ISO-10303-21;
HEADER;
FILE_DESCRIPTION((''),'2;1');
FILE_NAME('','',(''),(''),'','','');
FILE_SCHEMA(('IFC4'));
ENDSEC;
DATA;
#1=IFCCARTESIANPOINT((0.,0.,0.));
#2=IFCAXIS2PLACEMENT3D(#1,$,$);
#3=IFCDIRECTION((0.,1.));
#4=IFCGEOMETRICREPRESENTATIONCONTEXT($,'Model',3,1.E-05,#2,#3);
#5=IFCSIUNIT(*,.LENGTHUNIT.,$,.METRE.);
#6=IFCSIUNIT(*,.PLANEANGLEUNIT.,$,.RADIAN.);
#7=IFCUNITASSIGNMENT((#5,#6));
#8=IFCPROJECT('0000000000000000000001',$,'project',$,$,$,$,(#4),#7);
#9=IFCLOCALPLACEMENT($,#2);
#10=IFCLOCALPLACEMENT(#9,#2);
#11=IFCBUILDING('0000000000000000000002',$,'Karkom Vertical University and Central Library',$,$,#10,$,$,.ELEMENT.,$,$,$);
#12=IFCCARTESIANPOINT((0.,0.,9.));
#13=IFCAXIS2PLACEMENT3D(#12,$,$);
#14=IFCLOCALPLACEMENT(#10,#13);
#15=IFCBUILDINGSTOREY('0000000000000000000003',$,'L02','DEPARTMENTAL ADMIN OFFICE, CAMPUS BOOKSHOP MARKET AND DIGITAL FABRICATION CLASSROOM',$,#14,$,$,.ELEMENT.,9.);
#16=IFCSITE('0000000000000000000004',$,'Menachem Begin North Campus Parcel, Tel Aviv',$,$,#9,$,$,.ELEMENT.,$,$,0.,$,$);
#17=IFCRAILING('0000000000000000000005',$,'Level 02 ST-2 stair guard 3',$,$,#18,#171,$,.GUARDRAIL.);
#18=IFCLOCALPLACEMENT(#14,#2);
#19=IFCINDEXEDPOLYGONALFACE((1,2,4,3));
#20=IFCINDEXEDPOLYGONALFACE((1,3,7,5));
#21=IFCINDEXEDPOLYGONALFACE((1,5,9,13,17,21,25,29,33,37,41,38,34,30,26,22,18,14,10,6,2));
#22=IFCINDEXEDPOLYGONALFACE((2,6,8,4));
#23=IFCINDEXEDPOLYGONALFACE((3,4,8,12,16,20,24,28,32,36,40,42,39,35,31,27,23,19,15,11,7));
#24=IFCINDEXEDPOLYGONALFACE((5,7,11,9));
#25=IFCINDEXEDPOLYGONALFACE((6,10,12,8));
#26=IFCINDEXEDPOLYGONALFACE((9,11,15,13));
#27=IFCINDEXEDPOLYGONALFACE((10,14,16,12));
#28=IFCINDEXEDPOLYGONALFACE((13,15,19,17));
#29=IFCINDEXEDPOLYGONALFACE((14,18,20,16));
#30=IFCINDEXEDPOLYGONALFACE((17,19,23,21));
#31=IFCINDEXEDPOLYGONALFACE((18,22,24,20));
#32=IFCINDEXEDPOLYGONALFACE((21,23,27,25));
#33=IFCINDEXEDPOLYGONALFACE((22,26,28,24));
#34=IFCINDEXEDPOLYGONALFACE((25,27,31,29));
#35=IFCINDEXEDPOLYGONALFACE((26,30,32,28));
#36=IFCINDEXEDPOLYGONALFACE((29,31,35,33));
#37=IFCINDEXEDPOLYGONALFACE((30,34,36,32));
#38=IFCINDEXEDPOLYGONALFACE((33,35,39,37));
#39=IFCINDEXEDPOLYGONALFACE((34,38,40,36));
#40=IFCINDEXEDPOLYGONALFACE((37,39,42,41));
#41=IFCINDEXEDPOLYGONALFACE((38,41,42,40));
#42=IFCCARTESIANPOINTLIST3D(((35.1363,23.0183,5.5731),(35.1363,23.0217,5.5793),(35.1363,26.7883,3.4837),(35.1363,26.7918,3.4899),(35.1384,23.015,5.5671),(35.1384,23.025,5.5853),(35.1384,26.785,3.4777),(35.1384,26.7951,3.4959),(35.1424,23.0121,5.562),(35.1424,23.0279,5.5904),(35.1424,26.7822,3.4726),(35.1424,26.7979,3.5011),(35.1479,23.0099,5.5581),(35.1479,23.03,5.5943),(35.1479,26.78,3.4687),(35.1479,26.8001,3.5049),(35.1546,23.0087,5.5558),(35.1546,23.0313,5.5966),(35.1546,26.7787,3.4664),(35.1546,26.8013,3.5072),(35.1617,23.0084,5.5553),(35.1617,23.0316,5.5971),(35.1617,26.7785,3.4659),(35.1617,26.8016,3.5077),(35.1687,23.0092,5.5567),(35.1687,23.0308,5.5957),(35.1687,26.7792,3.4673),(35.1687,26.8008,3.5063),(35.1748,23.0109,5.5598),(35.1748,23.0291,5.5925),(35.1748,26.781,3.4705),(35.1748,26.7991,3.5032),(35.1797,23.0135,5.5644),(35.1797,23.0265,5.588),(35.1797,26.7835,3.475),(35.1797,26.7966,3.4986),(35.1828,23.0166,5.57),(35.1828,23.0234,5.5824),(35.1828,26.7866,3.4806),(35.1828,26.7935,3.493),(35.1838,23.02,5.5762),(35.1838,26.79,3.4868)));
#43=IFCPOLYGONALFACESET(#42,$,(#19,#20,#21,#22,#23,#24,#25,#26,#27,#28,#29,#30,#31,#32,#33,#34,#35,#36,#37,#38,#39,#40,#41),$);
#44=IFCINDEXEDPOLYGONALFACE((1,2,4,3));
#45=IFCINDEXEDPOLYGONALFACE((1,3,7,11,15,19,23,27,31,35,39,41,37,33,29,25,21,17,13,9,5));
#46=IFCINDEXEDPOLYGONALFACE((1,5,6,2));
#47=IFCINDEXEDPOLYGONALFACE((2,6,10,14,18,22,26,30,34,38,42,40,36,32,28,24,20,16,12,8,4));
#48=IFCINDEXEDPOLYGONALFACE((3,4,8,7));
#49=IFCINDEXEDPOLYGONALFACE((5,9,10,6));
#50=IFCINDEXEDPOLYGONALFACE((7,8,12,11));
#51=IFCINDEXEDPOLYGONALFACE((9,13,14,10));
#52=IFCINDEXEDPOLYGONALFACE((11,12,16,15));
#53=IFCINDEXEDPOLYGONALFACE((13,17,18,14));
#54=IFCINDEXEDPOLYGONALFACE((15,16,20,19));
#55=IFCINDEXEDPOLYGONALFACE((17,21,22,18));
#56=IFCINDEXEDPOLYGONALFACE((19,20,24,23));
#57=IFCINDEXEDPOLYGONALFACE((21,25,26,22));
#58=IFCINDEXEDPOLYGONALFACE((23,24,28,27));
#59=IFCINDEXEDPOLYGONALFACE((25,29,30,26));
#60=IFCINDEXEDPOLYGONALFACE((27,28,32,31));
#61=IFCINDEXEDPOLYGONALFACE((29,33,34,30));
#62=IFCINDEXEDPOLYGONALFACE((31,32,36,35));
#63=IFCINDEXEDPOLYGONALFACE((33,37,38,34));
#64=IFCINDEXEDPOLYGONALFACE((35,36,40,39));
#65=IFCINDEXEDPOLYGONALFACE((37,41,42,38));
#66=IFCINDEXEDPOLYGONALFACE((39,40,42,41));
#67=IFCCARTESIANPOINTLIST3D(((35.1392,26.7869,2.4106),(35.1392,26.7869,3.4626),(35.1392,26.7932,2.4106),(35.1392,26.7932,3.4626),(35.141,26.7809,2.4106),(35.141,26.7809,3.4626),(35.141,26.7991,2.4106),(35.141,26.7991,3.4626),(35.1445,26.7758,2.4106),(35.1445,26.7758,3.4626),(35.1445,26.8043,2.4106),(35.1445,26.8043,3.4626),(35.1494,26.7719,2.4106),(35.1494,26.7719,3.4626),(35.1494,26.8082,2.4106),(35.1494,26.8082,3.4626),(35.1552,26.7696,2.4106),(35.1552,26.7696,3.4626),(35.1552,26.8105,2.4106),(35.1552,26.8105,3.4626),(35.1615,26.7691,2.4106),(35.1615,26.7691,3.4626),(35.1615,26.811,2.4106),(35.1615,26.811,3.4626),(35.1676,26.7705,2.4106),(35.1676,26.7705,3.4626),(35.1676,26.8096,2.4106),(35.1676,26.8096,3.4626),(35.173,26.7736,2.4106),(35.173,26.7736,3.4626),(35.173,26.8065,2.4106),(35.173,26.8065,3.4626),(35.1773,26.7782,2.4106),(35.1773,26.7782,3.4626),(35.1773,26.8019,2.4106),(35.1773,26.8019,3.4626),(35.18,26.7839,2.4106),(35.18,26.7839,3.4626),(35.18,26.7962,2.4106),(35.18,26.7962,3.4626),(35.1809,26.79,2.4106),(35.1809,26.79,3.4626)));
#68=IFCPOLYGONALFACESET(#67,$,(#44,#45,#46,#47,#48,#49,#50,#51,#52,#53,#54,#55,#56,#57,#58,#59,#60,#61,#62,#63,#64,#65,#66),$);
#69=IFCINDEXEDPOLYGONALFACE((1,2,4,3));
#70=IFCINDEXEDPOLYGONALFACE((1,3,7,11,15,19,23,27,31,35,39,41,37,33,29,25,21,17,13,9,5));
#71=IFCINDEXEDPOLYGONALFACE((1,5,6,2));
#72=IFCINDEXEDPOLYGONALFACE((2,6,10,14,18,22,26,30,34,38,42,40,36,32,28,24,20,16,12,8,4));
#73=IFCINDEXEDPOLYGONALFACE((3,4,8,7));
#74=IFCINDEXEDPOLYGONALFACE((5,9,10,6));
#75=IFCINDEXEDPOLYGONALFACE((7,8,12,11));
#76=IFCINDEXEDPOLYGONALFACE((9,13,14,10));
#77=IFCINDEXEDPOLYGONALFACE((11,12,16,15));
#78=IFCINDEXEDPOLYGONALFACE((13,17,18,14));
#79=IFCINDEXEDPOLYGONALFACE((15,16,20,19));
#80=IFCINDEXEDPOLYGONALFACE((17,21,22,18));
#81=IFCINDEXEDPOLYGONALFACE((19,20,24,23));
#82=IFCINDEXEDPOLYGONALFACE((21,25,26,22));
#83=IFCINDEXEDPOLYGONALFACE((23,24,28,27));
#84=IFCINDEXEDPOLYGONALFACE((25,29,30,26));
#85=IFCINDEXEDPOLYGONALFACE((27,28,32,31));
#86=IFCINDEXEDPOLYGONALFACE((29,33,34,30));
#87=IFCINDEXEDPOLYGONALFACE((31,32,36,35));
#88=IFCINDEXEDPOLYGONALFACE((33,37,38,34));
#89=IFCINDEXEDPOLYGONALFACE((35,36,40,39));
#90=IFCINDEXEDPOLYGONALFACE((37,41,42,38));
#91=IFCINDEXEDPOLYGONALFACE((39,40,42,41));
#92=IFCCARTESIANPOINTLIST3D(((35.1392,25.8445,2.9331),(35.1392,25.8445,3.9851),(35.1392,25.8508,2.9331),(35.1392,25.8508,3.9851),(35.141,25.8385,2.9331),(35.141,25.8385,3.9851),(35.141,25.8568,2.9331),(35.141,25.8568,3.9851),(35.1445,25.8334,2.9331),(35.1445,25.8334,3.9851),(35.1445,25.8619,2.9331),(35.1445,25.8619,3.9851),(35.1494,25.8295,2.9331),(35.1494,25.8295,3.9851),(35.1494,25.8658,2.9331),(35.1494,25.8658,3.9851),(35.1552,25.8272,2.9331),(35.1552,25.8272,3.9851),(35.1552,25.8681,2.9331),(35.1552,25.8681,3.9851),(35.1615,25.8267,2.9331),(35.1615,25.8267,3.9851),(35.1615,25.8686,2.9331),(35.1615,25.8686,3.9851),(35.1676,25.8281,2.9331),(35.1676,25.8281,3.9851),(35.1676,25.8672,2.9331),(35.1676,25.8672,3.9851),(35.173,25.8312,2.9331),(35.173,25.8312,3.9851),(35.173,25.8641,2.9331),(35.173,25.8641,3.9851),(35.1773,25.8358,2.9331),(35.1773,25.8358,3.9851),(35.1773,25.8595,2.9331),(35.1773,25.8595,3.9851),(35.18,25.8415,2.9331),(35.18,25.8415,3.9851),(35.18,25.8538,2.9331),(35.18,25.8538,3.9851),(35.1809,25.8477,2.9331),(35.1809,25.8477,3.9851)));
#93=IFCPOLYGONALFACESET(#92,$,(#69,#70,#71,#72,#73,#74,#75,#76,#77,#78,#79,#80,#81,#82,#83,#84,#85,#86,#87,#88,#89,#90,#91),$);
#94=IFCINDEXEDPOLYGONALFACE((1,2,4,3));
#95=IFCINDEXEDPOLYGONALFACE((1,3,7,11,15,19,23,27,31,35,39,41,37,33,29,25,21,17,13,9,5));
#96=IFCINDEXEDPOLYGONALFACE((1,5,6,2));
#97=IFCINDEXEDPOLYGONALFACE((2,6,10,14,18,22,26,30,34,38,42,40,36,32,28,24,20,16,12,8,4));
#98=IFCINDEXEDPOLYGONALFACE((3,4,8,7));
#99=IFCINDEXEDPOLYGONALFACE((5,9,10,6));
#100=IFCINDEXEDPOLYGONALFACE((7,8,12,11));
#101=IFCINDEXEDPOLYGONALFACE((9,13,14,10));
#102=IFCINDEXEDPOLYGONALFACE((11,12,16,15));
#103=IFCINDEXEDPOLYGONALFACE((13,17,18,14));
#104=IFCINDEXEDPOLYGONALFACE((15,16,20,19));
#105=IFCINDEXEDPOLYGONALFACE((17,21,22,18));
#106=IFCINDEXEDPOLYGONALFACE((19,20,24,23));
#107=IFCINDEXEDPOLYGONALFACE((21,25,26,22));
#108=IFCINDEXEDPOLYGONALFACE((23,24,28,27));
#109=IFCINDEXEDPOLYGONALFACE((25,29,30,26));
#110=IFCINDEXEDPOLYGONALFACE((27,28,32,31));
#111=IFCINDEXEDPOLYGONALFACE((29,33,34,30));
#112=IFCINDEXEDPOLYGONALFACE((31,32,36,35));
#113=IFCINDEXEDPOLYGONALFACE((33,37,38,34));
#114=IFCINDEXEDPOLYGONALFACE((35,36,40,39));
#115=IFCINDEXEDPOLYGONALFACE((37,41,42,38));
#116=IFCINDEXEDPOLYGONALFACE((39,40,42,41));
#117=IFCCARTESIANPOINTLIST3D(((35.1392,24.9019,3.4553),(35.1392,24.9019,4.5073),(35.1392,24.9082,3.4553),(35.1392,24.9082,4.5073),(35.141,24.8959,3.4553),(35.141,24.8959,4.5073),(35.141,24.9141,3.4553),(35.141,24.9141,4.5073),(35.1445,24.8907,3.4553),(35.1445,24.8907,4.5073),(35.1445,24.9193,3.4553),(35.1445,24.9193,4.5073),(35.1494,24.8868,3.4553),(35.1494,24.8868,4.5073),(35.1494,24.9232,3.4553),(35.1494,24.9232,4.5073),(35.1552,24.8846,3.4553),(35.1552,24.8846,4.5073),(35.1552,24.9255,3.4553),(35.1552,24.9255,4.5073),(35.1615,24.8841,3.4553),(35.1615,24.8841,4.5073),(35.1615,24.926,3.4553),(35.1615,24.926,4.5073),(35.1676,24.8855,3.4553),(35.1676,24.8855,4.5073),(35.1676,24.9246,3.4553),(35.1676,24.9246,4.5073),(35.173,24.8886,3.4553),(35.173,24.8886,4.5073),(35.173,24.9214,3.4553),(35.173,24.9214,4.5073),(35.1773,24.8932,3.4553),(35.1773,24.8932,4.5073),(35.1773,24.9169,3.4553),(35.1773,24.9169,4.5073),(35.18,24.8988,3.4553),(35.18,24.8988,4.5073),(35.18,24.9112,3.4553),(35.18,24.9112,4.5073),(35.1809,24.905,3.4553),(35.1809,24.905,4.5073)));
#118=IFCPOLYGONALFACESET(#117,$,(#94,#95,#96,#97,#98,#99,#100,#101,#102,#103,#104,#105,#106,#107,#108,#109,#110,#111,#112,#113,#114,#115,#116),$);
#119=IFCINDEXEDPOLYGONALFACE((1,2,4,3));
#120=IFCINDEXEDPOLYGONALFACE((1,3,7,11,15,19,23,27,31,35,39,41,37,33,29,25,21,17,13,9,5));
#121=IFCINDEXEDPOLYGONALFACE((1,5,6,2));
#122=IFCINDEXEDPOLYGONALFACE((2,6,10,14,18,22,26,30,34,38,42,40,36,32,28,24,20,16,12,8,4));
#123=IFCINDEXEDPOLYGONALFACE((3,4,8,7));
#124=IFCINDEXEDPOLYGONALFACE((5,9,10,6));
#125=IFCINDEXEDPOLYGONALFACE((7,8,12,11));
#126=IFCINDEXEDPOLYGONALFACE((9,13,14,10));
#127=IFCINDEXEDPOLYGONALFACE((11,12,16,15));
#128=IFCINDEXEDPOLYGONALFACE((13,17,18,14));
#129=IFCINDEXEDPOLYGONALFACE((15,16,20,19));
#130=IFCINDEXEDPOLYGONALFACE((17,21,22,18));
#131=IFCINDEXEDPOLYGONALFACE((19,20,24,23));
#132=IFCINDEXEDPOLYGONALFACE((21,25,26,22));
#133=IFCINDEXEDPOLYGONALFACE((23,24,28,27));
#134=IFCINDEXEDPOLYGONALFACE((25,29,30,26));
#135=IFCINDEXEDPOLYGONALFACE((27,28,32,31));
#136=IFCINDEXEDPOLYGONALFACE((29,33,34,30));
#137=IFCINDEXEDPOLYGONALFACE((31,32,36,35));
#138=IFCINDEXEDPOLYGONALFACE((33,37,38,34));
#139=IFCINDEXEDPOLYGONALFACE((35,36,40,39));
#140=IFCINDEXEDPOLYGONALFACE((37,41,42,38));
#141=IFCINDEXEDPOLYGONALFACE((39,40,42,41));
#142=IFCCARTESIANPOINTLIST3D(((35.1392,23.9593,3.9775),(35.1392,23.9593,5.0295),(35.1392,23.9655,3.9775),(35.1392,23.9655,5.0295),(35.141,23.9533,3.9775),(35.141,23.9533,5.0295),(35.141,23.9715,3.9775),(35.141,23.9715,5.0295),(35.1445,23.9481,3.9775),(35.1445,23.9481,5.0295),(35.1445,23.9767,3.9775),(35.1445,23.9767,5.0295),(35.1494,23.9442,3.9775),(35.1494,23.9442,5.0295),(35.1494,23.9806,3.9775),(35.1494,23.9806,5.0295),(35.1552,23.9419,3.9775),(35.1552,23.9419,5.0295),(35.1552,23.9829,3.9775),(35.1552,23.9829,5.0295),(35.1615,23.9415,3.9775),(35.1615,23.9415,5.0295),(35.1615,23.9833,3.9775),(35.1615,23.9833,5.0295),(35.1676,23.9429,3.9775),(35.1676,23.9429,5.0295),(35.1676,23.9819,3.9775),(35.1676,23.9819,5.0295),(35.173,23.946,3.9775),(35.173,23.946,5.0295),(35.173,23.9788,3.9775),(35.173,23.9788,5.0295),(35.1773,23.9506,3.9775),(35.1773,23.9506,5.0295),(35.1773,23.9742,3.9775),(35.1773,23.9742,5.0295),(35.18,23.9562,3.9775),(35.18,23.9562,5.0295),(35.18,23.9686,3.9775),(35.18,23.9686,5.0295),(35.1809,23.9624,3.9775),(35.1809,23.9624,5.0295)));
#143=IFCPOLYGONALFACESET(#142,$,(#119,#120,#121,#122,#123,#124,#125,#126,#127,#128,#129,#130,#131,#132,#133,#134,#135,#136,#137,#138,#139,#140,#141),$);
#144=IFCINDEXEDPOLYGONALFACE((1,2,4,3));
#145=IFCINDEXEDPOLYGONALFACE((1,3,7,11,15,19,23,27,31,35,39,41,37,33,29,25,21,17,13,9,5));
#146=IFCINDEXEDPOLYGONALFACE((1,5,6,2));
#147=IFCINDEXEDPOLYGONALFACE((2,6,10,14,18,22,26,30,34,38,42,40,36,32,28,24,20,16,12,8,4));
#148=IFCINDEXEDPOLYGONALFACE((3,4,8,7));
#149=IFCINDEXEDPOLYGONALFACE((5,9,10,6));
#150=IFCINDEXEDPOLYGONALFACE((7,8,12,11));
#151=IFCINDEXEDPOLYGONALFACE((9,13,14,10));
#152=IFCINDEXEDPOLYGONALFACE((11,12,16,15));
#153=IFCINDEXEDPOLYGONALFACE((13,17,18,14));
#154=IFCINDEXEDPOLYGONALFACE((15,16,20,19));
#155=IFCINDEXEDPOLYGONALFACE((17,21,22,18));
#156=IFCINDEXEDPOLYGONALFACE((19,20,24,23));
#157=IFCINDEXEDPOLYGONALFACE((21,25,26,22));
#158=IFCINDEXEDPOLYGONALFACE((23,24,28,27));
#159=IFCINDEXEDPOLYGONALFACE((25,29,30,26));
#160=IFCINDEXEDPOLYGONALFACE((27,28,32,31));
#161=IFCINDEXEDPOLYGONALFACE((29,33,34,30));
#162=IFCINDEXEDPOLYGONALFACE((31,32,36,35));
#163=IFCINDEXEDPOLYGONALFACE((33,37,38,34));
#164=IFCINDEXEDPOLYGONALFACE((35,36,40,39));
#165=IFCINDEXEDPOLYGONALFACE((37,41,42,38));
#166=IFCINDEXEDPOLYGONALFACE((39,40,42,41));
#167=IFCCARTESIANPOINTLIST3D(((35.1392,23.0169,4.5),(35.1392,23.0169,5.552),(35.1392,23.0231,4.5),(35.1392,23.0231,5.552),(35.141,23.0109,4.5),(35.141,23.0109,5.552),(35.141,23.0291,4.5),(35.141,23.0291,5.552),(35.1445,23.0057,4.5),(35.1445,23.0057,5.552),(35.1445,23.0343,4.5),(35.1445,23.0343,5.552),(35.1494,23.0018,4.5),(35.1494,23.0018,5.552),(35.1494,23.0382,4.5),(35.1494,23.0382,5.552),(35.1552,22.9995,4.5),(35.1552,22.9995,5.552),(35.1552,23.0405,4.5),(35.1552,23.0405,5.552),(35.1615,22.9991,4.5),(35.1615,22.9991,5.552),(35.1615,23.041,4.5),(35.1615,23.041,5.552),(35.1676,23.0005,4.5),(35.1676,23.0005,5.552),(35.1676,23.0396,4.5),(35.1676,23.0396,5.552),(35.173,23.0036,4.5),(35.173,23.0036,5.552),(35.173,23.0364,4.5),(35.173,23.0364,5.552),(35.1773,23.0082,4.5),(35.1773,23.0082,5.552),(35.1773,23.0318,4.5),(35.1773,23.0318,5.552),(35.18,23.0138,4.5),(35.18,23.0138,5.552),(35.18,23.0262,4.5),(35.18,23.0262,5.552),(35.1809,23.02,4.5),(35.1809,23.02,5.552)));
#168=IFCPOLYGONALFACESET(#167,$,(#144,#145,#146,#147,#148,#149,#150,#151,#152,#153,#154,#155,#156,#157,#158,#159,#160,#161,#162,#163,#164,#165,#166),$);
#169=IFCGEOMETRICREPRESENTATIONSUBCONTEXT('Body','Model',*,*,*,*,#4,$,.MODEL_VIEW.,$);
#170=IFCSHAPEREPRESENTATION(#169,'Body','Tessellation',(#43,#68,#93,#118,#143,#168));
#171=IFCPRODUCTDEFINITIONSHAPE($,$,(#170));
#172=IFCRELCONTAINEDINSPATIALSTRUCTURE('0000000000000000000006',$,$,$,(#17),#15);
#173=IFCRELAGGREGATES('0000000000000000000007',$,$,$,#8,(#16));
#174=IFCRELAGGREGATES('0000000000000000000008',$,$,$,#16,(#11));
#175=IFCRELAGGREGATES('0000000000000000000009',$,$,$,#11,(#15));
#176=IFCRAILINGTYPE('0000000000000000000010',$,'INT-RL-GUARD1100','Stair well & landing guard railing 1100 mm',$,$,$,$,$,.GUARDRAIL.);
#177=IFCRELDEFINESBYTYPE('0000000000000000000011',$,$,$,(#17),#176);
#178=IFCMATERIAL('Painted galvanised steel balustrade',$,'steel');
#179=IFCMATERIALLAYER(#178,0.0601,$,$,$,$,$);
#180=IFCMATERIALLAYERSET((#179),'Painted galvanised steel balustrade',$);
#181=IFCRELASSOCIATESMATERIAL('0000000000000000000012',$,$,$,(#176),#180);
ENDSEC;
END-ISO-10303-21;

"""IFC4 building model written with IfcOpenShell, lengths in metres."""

from ifc_helpers import new_model, si_unit, direction, frame, origin, origin_2d, place, context, subcontext, project, spatial, circle, extrude, material, layer, layer_set, type_object, element, save


model = new_model("IFC4")

# Units and contexts
model_context = context("Model", 3, precision=1e-05, world=origin(), true_north=direction((0.0, 1.0)))
body_context = subcontext(model_context, "Body", "Model", "MODEL_VIEW")
ifc_project = project(units=[si_unit("LENGTHUNIT", "METRE"), si_unit("PLANEANGLEUNIT", "RADIAN")], contexts=[model_context])

# Site, building, storey
site_placement = place(None, origin())
site = spatial("IfcSite", under=ifc_project, at=site_placement, Name="Menachem Begin North Campus Parcel, Tel Aviv", CompositionType="ELEMENT", RefElevation=0.0)
building_placement = place(site_placement, origin())
building = spatial("IfcBuilding", under=site, at=building_placement, Name="Karkom Vertical University and Central Library", CompositionType="ELEMENT")
storey_placement = place(building_placement, frame((0.0, 0.0, 9.0)))
storey = spatial("IfcBuildingStorey", under=building, at=storey_placement, Name="L02", Description="DEPARTMENTAL ADMIN OFFICE, CAMPUS BOOKSHOP MARKET AND DIGITAL FABRICATION CLASSROOM", CompositionType="ELEMENT", Elevation=9.0)

# Railing
ifc_material_1 = material(Name="Painted galvanised steel balustrade", Category="steel")
ifc_layer_1 = layer(ifc_material_1, 0.0601)
ifc_layer_set_1 = layer_set([ifc_layer_1], Name="Painted galvanised steel balustrade")
railing_type_1 = type_object("IfcRailingType", Name="INT-RL-GUARD1100", Description="Stair well & landing guard railing 1100 mm", PredefinedType="GUARDRAIL", material=ifc_layer_set_1)
railing_1_placement = place(storey_placement, frame((35.1599, 26.79, 2.4106)))
element("IfcRailing", 1, at=railing_1_placement, inside=storey, type_object=railing_type_1, Name="Level 02 ST-2 stair guard 3", PredefinedType="GUARDRAIL", context=body_context, shape_type="SweptSolid", body=[
    extrude(circle(Radius=0.0239, at=origin_2d()), frame((0.0, 0.0, 1.0762), z_axis=(0.0, -0.874659, 0.484739), x_axis=(1.0, 0.0, 0.0)), (0.0, 0.0, 1.0), 4.3103),
    extrude(circle(Radius=0.021, at=origin_2d()), origin(), (0.0, 0.0, 1.0), 1.052),
    extrude(circle(Radius=0.021, at=origin_2d()), frame((0.0, -0.9424, 0.5225)), (0.0, 0.0, 1.0), 1.052),
    extrude(circle(Radius=0.021, at=origin_2d()), frame((0.0, -1.885, 1.0447)), (0.0, 0.0, 1.0), 1.052),
    extrude(circle(Radius=0.021, at=origin_2d()), frame((0.0, -2.8276, 1.5669)), (0.0, 0.0, 1.0), 1.052),
    extrude(circle(Radius=0.021, at=origin_2d()), frame((0.0, -3.77, 2.0894)), (0.0, 0.0, 1.0), 1.052),
])

save(model, "model.ifc")
